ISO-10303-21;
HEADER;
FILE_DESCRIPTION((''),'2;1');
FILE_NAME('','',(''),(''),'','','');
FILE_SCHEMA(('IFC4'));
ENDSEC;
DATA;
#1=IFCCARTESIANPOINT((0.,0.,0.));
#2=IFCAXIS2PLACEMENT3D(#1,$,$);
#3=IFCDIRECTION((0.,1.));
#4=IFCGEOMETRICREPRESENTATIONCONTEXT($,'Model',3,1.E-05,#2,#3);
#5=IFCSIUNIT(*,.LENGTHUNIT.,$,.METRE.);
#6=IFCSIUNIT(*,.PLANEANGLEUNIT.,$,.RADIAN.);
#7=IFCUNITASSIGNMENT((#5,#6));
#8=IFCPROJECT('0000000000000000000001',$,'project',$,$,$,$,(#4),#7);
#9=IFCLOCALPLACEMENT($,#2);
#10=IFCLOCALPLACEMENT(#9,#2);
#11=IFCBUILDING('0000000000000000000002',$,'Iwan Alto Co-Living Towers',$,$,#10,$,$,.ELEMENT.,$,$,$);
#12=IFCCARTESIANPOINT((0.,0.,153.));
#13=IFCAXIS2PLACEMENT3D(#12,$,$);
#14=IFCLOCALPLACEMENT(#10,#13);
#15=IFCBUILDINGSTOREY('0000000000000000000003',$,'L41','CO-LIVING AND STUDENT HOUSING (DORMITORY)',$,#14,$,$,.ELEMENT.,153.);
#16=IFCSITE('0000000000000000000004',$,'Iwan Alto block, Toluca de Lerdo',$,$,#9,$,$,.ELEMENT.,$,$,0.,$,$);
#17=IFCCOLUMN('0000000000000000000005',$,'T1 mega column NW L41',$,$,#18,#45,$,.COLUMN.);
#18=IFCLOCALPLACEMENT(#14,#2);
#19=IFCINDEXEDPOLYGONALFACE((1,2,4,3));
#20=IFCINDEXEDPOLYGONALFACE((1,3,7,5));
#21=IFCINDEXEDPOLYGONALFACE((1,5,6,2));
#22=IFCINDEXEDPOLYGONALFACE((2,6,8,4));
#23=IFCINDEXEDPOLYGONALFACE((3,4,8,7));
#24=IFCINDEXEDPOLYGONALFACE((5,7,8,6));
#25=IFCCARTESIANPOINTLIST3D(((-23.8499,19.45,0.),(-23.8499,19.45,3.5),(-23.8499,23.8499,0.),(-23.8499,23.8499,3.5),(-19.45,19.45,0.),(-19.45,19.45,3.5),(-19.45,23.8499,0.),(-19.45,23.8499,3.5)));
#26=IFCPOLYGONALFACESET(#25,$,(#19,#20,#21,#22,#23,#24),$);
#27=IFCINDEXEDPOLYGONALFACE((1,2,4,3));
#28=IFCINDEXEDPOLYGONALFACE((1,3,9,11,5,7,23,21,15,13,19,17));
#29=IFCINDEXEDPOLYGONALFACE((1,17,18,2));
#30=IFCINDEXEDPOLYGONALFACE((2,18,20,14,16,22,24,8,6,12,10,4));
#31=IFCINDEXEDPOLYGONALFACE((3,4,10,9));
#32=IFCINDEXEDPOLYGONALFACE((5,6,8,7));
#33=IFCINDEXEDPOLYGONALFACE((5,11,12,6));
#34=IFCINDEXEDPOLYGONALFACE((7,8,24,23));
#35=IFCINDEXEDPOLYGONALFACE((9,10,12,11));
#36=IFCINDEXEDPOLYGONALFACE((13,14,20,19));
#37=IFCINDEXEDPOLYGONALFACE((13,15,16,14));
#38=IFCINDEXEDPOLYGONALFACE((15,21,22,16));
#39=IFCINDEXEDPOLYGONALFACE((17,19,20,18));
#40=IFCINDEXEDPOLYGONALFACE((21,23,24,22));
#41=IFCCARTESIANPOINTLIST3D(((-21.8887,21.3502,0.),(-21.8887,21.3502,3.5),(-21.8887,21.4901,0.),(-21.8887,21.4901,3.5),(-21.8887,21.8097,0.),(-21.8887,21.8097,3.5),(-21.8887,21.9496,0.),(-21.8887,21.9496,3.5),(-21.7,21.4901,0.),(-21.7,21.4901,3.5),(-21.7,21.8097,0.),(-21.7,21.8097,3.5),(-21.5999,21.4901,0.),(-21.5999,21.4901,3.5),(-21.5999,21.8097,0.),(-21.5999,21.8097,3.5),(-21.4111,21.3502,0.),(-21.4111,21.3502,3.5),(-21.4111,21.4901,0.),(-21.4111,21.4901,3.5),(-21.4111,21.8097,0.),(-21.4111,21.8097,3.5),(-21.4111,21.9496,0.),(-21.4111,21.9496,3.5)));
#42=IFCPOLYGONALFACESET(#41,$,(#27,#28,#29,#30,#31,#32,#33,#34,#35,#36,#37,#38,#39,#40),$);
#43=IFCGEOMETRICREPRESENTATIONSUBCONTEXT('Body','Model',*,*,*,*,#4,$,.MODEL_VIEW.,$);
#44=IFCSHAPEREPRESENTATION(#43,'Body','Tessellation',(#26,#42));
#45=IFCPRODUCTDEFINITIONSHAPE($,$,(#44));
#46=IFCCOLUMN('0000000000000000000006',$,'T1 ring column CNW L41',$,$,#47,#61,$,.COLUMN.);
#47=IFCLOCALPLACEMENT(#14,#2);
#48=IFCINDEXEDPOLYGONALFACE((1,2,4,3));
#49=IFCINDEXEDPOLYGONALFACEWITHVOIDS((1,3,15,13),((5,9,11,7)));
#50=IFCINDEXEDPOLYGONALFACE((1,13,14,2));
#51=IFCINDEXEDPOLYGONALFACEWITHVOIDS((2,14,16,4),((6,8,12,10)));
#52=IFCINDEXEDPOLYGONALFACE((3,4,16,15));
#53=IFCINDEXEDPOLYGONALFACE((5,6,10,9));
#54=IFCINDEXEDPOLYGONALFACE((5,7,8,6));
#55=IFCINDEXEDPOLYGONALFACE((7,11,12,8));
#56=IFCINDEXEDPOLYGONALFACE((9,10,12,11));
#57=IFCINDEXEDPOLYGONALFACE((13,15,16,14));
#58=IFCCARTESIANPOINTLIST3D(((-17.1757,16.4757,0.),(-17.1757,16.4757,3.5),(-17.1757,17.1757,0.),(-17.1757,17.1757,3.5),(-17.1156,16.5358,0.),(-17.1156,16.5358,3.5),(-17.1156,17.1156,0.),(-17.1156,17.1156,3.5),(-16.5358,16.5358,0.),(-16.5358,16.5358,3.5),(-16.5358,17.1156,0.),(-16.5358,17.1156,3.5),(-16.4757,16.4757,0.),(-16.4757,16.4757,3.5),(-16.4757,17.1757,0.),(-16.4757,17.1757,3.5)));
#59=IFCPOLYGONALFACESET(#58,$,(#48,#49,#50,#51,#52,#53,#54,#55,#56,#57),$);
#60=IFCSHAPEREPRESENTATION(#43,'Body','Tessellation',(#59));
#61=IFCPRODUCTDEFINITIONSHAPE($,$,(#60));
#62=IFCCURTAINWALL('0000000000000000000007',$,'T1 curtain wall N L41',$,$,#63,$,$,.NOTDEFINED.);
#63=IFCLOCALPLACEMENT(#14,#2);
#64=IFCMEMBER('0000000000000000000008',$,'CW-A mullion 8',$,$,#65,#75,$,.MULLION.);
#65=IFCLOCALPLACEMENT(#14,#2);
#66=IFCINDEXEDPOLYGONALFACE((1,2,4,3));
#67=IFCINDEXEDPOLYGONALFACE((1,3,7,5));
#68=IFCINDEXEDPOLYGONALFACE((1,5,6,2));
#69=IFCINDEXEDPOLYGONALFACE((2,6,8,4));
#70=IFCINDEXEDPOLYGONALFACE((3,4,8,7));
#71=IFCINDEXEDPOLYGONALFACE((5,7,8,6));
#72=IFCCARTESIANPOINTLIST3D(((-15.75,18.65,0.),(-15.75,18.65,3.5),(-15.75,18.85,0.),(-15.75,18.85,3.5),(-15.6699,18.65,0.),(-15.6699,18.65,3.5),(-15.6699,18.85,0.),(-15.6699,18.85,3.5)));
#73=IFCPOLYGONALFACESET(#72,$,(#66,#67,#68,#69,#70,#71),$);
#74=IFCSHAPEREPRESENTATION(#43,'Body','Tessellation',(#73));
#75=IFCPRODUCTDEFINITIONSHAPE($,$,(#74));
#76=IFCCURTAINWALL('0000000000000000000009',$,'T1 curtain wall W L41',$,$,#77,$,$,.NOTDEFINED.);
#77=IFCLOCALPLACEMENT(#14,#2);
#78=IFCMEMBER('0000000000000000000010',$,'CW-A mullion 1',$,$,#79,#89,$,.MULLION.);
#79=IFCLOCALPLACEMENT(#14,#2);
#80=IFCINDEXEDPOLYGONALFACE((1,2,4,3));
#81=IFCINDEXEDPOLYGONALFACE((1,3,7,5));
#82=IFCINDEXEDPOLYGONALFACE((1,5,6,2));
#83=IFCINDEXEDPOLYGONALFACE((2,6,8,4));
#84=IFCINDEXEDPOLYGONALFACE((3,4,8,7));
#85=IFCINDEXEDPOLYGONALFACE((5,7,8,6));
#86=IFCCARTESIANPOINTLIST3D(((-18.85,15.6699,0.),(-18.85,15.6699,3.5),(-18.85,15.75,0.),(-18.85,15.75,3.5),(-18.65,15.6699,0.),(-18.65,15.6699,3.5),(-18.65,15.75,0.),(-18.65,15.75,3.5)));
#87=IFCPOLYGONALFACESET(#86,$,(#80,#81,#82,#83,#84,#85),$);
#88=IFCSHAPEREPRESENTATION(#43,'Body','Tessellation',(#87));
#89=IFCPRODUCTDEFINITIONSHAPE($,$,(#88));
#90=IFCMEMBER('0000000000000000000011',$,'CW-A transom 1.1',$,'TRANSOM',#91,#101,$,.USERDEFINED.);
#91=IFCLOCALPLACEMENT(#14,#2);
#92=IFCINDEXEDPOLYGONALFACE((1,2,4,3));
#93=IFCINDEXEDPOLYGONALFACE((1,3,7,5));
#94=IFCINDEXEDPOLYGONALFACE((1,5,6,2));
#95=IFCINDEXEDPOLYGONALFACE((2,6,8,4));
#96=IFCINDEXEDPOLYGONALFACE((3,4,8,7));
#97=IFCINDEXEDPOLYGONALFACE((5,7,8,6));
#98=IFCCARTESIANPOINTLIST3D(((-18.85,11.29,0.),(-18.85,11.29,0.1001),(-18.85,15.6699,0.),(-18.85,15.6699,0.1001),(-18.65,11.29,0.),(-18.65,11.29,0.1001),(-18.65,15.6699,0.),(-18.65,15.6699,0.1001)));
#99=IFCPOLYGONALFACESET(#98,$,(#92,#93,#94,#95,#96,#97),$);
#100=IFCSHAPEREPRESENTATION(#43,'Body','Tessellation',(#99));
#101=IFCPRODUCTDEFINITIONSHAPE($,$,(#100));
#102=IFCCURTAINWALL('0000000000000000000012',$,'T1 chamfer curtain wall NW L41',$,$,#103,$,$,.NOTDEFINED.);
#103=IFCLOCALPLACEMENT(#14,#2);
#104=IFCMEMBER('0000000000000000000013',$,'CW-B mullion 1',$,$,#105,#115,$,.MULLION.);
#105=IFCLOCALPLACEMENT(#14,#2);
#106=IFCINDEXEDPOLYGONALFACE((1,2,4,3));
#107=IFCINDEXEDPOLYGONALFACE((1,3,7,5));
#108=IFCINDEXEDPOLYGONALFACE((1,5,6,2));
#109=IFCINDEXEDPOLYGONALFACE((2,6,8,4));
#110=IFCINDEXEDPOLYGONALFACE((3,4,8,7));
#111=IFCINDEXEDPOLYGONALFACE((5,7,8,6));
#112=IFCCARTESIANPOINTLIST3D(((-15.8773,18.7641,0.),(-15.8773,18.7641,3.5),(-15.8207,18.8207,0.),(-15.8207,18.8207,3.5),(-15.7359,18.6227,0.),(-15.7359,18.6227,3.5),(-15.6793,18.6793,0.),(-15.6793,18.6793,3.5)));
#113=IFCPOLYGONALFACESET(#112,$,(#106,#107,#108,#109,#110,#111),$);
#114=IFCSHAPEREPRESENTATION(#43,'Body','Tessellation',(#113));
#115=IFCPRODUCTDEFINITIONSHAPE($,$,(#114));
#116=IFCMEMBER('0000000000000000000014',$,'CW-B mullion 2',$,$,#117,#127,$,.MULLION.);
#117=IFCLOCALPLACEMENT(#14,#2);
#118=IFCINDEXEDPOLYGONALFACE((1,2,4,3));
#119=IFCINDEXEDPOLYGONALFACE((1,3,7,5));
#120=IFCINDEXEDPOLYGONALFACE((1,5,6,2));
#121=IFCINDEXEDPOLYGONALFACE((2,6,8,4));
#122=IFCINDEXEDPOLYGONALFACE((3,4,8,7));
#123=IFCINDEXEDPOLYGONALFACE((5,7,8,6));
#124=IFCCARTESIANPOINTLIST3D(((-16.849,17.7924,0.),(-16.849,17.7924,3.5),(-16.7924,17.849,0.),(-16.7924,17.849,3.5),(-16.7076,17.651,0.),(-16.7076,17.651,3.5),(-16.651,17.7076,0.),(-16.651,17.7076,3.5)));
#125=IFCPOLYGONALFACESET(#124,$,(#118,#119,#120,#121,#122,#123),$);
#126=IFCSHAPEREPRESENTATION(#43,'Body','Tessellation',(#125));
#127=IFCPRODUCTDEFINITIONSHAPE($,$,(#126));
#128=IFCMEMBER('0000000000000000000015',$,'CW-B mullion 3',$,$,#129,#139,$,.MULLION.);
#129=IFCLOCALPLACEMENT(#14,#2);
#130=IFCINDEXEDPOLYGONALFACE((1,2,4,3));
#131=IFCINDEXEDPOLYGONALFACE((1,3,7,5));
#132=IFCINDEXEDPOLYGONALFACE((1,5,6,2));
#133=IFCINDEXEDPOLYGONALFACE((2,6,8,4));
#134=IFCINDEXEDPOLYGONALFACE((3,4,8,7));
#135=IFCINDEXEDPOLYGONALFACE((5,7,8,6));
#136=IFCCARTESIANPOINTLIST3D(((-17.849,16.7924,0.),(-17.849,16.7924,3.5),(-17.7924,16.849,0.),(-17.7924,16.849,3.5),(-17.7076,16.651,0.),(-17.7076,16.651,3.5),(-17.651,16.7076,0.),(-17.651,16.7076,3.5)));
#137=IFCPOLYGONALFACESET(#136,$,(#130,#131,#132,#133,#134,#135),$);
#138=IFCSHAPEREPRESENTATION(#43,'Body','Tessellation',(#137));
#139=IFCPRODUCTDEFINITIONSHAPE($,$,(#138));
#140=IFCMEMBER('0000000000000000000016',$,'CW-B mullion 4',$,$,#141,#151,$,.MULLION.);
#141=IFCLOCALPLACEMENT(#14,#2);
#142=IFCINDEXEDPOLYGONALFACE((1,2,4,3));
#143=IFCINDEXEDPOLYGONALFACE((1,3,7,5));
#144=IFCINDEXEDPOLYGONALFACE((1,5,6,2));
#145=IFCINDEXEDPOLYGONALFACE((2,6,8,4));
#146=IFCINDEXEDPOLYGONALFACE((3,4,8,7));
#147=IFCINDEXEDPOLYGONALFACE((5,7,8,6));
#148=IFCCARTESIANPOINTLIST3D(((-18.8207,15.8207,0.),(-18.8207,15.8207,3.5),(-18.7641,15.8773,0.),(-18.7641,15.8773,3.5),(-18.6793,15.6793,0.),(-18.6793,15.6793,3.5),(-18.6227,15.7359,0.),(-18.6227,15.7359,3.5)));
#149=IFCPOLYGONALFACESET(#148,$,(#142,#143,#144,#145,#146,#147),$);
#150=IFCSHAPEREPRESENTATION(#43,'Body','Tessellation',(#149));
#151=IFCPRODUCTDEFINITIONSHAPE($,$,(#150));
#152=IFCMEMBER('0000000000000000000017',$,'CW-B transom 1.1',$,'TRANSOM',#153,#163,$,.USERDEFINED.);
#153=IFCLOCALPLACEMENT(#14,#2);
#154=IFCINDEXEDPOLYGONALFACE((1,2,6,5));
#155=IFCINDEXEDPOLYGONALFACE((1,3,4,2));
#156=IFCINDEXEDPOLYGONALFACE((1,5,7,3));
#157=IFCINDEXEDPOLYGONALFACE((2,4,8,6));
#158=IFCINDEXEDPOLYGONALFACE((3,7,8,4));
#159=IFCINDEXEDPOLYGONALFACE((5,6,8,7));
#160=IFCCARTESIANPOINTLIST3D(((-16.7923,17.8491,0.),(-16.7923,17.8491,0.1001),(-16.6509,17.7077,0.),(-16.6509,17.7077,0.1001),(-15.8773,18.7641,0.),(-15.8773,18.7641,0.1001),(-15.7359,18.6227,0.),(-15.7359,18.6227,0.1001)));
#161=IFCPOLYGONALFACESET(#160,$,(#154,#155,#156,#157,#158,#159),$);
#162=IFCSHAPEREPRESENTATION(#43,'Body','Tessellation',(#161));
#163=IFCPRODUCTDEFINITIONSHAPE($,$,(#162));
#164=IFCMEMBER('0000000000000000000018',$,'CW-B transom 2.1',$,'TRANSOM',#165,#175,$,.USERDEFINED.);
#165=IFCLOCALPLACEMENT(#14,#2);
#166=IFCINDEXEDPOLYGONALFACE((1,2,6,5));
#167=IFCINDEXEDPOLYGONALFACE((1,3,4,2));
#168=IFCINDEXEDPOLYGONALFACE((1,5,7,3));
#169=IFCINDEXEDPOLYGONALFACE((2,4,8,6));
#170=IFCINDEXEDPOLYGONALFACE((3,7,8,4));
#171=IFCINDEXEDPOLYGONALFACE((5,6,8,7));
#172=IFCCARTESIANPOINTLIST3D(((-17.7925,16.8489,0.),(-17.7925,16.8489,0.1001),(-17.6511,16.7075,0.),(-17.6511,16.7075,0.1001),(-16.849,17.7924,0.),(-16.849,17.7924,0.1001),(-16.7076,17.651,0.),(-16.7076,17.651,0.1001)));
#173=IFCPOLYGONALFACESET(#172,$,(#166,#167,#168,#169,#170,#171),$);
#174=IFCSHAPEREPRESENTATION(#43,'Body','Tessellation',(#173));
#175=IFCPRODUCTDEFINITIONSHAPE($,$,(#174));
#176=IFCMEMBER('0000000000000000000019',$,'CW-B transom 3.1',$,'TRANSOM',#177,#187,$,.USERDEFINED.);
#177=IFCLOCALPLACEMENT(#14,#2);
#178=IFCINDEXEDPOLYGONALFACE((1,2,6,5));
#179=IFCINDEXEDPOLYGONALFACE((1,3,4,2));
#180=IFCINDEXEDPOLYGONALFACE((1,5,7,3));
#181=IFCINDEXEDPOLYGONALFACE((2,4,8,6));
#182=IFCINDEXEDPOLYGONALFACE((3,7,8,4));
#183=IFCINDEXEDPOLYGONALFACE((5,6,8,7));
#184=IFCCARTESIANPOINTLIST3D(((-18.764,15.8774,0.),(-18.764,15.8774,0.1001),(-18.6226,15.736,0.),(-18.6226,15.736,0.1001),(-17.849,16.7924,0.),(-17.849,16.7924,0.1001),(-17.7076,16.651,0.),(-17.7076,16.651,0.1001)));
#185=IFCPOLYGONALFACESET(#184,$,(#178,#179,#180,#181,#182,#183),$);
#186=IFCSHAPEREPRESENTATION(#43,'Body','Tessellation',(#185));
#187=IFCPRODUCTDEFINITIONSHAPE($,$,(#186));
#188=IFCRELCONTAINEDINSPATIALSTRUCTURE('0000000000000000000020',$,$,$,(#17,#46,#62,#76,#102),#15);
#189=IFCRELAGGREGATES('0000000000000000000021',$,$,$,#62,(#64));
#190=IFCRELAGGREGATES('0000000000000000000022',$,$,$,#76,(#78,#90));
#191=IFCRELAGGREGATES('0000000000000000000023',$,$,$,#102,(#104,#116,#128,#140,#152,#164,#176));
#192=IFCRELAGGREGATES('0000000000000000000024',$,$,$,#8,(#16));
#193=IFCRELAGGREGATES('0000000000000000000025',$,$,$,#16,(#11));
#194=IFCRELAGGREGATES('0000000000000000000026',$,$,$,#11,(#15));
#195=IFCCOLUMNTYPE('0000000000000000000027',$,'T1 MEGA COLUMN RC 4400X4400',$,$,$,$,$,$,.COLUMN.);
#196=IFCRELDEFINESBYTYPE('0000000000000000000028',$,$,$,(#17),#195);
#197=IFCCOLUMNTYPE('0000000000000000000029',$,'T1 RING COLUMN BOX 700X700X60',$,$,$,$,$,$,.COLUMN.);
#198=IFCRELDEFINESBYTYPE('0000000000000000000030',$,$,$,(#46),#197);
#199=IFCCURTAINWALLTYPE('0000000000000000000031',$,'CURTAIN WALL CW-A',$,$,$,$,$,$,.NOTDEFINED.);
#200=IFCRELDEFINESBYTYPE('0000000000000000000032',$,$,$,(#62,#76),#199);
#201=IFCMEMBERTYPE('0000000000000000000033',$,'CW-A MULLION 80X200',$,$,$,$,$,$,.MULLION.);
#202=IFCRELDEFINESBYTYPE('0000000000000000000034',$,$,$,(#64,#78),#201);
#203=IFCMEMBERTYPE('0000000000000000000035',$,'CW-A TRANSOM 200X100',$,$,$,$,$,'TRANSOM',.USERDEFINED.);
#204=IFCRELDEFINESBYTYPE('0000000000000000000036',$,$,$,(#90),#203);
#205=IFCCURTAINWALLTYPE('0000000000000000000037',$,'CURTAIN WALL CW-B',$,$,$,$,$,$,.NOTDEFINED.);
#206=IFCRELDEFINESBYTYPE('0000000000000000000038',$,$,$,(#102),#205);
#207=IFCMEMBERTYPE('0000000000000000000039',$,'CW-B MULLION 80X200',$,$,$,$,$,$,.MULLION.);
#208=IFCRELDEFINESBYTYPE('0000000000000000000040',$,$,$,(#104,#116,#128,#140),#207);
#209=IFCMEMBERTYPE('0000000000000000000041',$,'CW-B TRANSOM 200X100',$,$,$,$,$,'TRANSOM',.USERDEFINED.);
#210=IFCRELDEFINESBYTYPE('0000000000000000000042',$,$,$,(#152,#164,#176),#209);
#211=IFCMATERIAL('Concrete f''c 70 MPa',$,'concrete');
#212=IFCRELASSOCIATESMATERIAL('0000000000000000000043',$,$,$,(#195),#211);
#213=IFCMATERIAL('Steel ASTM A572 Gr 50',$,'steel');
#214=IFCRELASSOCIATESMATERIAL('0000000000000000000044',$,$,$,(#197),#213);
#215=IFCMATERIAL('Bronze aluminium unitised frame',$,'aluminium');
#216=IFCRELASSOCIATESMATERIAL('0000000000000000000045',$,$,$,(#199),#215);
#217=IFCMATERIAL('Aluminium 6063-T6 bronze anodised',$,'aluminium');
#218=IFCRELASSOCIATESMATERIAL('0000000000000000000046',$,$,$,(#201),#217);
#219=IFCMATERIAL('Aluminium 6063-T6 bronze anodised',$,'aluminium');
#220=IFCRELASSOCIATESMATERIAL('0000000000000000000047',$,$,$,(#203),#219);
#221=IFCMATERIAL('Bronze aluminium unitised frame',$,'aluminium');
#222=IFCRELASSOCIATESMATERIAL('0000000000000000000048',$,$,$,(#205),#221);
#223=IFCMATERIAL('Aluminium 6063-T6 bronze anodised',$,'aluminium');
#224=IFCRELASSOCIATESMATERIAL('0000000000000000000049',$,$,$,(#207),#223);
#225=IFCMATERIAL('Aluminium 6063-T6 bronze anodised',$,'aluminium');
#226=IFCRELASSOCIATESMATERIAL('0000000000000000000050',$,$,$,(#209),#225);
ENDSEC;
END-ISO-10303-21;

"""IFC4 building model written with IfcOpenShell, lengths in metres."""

from ifc_helpers import new_model, si_unit, direction, frame, origin, origin_2d, place, context, subcontext, project, spatial, rectangle, hollow_rectangle, i_section, extrude, material, material_profile, profile_set, type_object, element, aggregate, save


model = new_model("IFC4")

# Units and contexts
model_context = context("Model", 3, precision=1e-05, world=origin(), true_north=direction((0.0, 1.0)))
body_context = subcontext(model_context, "Body", "Model", "MODEL_VIEW")
ifc_project = project(units=[si_unit("LENGTHUNIT", "METRE"), si_unit("PLANEANGLEUNIT", "RADIAN")], contexts=[model_context])

# Site, building, storey
site_placement = place(None, origin())
site = spatial("IfcSite", under=ifc_project, at=site_placement, Name="Iwan Alto block, Toluca de Lerdo", CompositionType="ELEMENT", RefElevation=0.0)
building_placement = place(site_placement, origin())
building = spatial("IfcBuilding", under=site, at=building_placement, Name="Iwan Alto Co-Living Towers", CompositionType="ELEMENT")
storey_placement = place(building_placement, frame((0.0, 0.0, 153.0)))
storey = spatial("IfcBuildingStorey", under=building, at=storey_placement, Name="L41", Description="CO-LIVING AND STUDENT HOUSING (DORMITORY)", CompositionType="ELEMENT", Elevation=153.0)

# Columns
ifc_material_1 = material(Name="Concrete f'c 70 MPa", Category="concrete")
ifc_material_profile_1 = material_profile(ifc_material_1, rectangle(XDim=4.3999, YDim=4.3999, at=origin_2d()), Name="RC 4400X4400")
ifc_profile_set_1 = profile_set([ifc_material_profile_1], Name="Concrete f'c 70 MPa")
column_type_1 = type_object("IfcColumnType", Name="T1 MEGA COLUMN RC 4400X4400", PredefinedType="COLUMN", material=ifc_profile_set_1)
column_1_placement = place(storey_placement, frame((-21.6499, 21.6499, 0.0), z_axis=(0.0, 0.0, 1.0), x_axis=(1.0, 0.0, 0.0)))
element("IfcColumn", 1, at=column_1_placement, inside=storey, type_object=column_type_1, Name="T1 mega column NW L41", PredefinedType="COLUMN", context=body_context, shape_type="SweptSolid", body=[
    extrude(rectangle(XDim=4.3999, YDim=4.3999, at=origin_2d()), origin(), (0.0, 0.0, 1.0), 3.5),
    extrude(i_section(OverallWidth=0.4775, OverallDepth=0.5994, WebThickness=0.1001, FlangeThickness=0.1399, at=origin_2d()), origin(), (0.0, 0.0, 1.0), 3.5),
])
ifc_material_2 = material(Name="Steel ASTM A572 Gr 50", Category="steel")
ifc_material_profile_2 = material_profile(ifc_material_2, hollow_rectangle(XDim=0.7, YDim=0.7, WallThickness=0.0601, at=origin_2d()), Name="BOX 700X700X60")
ifc_profile_set_2 = profile_set([ifc_material_profile_2], Name="Steel ASTM A572 Gr 50")
column_type_2 = type_object("IfcColumnType", Name="T1 RING COLUMN BOX 700X700X60", PredefinedType="COLUMN", material=ifc_profile_set_2)
column_2_placement = place(storey_placement, frame((-16.8257, 16.8257, 0.0), z_axis=(0.0, 0.0, 1.0), x_axis=(1.0, 0.0, 0.0)))
element("IfcColumn", 2, at=column_2_placement, inside=storey, type_object=column_type_2, Name="T1 ring column CNW L41", PredefinedType="COLUMN", context=body_context, shape_type="SweptSolid", body=[
    extrude(hollow_rectangle(XDim=0.7, YDim=0.7, WallThickness=0.0601, at=origin_2d()), origin(), (0.0, 0.0, 1.0), 3.5),
])

# Curtain wall, member
ifc_material_3 = material(Name="Bronze aluminium unitised frame", Category="aluminium")
curtain_wall_type_1 = type_object("IfcCurtainWallType", Name="CURTAIN WALL CW-A", PredefinedType="NOTDEFINED", material=ifc_material_3)
curtain_wall_1_placement = place(storey_placement, origin())
curtain_wall_1 = element("IfcCurtainWall", 3, at=curtain_wall_1_placement, inside=storey, type_object=curtain_wall_type_1, Name="T1 curtain wall N L41", PredefinedType="NOTDEFINED")
ifc_material_4 = material(Name="Aluminium 6063-T6 bronze anodised", Category="aluminium")
ifc_material_profile_3 = material_profile(ifc_material_4, rectangle(XDim=0.2, YDim=0.0801, at=origin_2d()), Name="AL 80X200")
ifc_profile_set_3 = profile_set([ifc_material_profile_3], Name="Aluminium 6063-T6 bronze anodised")
member_type_1 = type_object("IfcMemberType", Name="CW-A MULLION 80X200", PredefinedType="MULLION", material=ifc_profile_set_3)
member_1_placement = place(storey_placement, frame((-15.71, 18.75, 0.0), z_axis=(0.0, 0.0, 1.0), x_axis=(0.0, -1.0, 0.0)))
member_1 = element("IfcMember", 4, at=member_1_placement, type_object=member_type_1, Name="CW-A mullion 8", PredefinedType="MULLION", context=body_context, shape_type="SweptSolid", body=[
    extrude(rectangle(XDim=0.2, YDim=0.0801, at=origin_2d()), origin(), (0.0, 0.0, 1.0), 3.5),
])
aggregate(curtain_wall_1, [member_1])

# Curtain walls, members
curtain_wall_2_placement = place(storey_placement, origin())
curtain_wall_2 = element("IfcCurtainWall", 5, at=curtain_wall_2_placement, inside=storey, type_object=curtain_wall_type_1, Name="T1 curtain wall W L41", PredefinedType="NOTDEFINED")
member_2_placement = place(storey_placement, frame((-18.75, 15.71, 0.0), z_axis=(0.0, 0.0, 1.0), x_axis=(1.0, 0.0, 0.0)))
member_2 = element("IfcMember", 6, at=member_2_placement, type_object=member_type_1, Name="CW-A mullion 1", PredefinedType="MULLION", context=body_context, shape_type="SweptSolid", body=[
    extrude(rectangle(XDim=0.2, YDim=0.0801, at=origin_2d()), origin(), (0.0, 0.0, 1.0), 3.5),
])
ifc_material_5 = material(Name="Aluminium 6063-T6 bronze anodised", Category="aluminium")
ifc_material_profile_4 = material_profile(ifc_material_5, rectangle(XDim=0.2, YDim=0.1001, at=origin_2d()), Name="AL 200X100")
ifc_profile_set_4 = profile_set([ifc_material_profile_4], Name="Aluminium 6063-T6 bronze anodised")
member_type_2 = type_object("IfcMemberType", Name="CW-A TRANSOM 200X100", ElementType="TRANSOM", PredefinedType="USERDEFINED", material=ifc_profile_set_4)
member_3_placement = place(storey_placement, frame((-18.75, 15.6699, 0.05), z_axis=(0.0, -1.0, 0.0), x_axis=(1.0, 0.0, 0.0)))
member_3 = element("IfcMember", 7, at=member_3_placement, type_object=member_type_2, Name="CW-A transom 1.1", ObjectType="TRANSOM", PredefinedType="USERDEFINED", context=body_context, shape_type="SweptSolid", body=[
    extrude(rectangle(XDim=0.2, YDim=0.1001, at=origin_2d()), origin(), (0.0, 0.0, 1.0), 4.3799),
])
ifc_material_6 = material(Name="Bronze aluminium unitised frame", Category="aluminium")
curtain_wall_type_2 = type_object("IfcCurtainWallType", Name="CURTAIN WALL CW-B", PredefinedType="NOTDEFINED", material=ifc_material_6)
curtain_wall_3_placement = place(storey_placement, origin())
curtain_wall_3 = element("IfcCurtainWall", 8, at=curtain_wall_3_placement, inside=storey, type_object=curtain_wall_type_2, Name="T1 chamfer curtain wall NW L41", PredefinedType="NOTDEFINED")
ifc_material_7 = material(Name="Aluminium 6063-T6 bronze anodised", Category="aluminium")
ifc_material_profile_5 = material_profile(ifc_material_7, rectangle(XDim=0.2, YDim=0.0801, at=origin_2d()), Name="AL 80X200")
ifc_profile_set_5 = profile_set([ifc_material_profile_5], Name="Aluminium 6063-T6 bronze anodised")
member_type_3 = type_object("IfcMemberType", Name="CW-B MULLION 80X200", PredefinedType="MULLION", material=ifc_profile_set_5)
member_4_placement = place(storey_placement, frame((-15.7783, 18.7217, 0.0), z_axis=(0.0, 0.0, 1.0), x_axis=(0.707107, -0.707107, 0.0)))
member_4 = element("IfcMember", 9, at=member_4_placement, type_object=member_type_3, Name="CW-B mullion 1", PredefinedType="MULLION", context=body_context, shape_type="SweptSolid", body=[
    extrude(rectangle(XDim=0.2, YDim=0.0801, at=origin_2d()), origin(), (0.0, 0.0, 1.0), 3.5),
])
member_5_placement = place(storey_placement, frame((-16.75, 17.75, 0.0), z_axis=(0.0, 0.0, 1.0), x_axis=(0.707107, -0.707107, 0.0)))
member_5 = element("IfcMember", 10, at=member_5_placement, type_object=member_type_3, Name="CW-B mullion 2", PredefinedType="MULLION", context=body_context, shape_type="SweptSolid", body=[
    extrude(rectangle(XDim=0.2, YDim=0.0801, at=origin_2d()), origin(), (0.0, 0.0, 1.0), 3.5),
])
member_6_placement = place(storey_placement, frame((-17.75, 16.75, 0.0), z_axis=(0.0, 0.0, 1.0), x_axis=(0.707107, -0.707107, 0.0)))
member_6 = element("IfcMember", 11, at=member_6_placement, type_object=member_type_3, Name="CW-B mullion 3", PredefinedType="MULLION", context=body_context, shape_type="SweptSolid", body=[
    extrude(rectangle(XDim=0.2, YDim=0.0801, at=origin_2d()), origin(), (0.0, 0.0, 1.0), 3.5),
])
member_7_placement = place(storey_placement, frame((-18.7217, 15.7783, 0.0), z_axis=(0.0, 0.0, 1.0), x_axis=(0.707107, -0.707107, 0.0)))
member_7 = element("IfcMember", 12, at=member_7_placement, type_object=member_type_3, Name="CW-B mullion 4", PredefinedType="MULLION", context=body_context, shape_type="SweptSolid", body=[
    extrude(rectangle(XDim=0.2, YDim=0.0801, at=origin_2d()), origin(), (0.0, 0.0, 1.0), 3.5),
])
ifc_material_8 = material(Name="Aluminium 6063-T6 bronze anodised", Category="aluminium")
ifc_material_profile_6 = material_profile(ifc_material_8, rectangle(XDim=0.2, YDim=0.1001, at=origin_2d()), Name="AL 200X100")
ifc_profile_set_6 = profile_set([ifc_material_profile_6], Name="Aluminium 6063-T6 bronze anodised")
member_type_4 = type_object("IfcMemberType", Name="CW-B TRANSOM 200X100", ElementType="TRANSOM", PredefinedType="USERDEFINED", material=ifc_profile_set_6)
member_8_placement = place(storey_placement, frame((-15.8066, 18.6934, 0.05), z_axis=(-0.707107, -0.707107, 0.0), x_axis=(0.707107, -0.707107, 0.0)))
member_8 = element("IfcMember", 13, at=member_8_placement, type_object=member_type_4, Name="CW-B transom 1.1", ObjectType="TRANSOM", PredefinedType="USERDEFINED", context=body_context, shape_type="SweptSolid", body=[
    extrude(rectangle(XDim=0.2, YDim=0.1001, at=origin_2d()), origin(), (0.0, 0.0, 1.0), 1.2939),
])
member_9_placement = place(storey_placement, frame((-16.7783, 17.7217, 0.05), z_axis=(-0.707107, -0.707107, 0.0), x_axis=(0.707107, -0.707107, 0.0)))
member_9 = element("IfcMember", 14, at=member_9_placement, type_object=member_type_4, Name="CW-B transom 2.1", ObjectType="TRANSOM", PredefinedType="USERDEFINED", context=body_context, shape_type="SweptSolid", body=[
    extrude(rectangle(XDim=0.2, YDim=0.1001, at=origin_2d()), origin(), (0.0, 0.0, 1.0), 1.3342),
])
member_10_placement = place(storey_placement, frame((-17.7783, 16.7217, 0.05), z_axis=(-0.707107, -0.707107, 0.0), x_axis=(0.707107, -0.707107, 0.0)))
member_10 = element("IfcMember", 15, at=member_10_placement, type_object=member_type_4, Name="CW-B transom 3.1", ObjectType="TRANSOM", PredefinedType="USERDEFINED", context=body_context, shape_type="SweptSolid", body=[
    extrude(rectangle(XDim=0.2, YDim=0.1001, at=origin_2d()), origin(), (0.0, 0.0, 1.0), 1.2939),
])

aggregate(curtain_wall_2, [member_2, member_3])
aggregate(curtain_wall_3, [member_4, member_5, member_6, member_7, member_8, member_9, member_10])

save(model, "model.ifc")
